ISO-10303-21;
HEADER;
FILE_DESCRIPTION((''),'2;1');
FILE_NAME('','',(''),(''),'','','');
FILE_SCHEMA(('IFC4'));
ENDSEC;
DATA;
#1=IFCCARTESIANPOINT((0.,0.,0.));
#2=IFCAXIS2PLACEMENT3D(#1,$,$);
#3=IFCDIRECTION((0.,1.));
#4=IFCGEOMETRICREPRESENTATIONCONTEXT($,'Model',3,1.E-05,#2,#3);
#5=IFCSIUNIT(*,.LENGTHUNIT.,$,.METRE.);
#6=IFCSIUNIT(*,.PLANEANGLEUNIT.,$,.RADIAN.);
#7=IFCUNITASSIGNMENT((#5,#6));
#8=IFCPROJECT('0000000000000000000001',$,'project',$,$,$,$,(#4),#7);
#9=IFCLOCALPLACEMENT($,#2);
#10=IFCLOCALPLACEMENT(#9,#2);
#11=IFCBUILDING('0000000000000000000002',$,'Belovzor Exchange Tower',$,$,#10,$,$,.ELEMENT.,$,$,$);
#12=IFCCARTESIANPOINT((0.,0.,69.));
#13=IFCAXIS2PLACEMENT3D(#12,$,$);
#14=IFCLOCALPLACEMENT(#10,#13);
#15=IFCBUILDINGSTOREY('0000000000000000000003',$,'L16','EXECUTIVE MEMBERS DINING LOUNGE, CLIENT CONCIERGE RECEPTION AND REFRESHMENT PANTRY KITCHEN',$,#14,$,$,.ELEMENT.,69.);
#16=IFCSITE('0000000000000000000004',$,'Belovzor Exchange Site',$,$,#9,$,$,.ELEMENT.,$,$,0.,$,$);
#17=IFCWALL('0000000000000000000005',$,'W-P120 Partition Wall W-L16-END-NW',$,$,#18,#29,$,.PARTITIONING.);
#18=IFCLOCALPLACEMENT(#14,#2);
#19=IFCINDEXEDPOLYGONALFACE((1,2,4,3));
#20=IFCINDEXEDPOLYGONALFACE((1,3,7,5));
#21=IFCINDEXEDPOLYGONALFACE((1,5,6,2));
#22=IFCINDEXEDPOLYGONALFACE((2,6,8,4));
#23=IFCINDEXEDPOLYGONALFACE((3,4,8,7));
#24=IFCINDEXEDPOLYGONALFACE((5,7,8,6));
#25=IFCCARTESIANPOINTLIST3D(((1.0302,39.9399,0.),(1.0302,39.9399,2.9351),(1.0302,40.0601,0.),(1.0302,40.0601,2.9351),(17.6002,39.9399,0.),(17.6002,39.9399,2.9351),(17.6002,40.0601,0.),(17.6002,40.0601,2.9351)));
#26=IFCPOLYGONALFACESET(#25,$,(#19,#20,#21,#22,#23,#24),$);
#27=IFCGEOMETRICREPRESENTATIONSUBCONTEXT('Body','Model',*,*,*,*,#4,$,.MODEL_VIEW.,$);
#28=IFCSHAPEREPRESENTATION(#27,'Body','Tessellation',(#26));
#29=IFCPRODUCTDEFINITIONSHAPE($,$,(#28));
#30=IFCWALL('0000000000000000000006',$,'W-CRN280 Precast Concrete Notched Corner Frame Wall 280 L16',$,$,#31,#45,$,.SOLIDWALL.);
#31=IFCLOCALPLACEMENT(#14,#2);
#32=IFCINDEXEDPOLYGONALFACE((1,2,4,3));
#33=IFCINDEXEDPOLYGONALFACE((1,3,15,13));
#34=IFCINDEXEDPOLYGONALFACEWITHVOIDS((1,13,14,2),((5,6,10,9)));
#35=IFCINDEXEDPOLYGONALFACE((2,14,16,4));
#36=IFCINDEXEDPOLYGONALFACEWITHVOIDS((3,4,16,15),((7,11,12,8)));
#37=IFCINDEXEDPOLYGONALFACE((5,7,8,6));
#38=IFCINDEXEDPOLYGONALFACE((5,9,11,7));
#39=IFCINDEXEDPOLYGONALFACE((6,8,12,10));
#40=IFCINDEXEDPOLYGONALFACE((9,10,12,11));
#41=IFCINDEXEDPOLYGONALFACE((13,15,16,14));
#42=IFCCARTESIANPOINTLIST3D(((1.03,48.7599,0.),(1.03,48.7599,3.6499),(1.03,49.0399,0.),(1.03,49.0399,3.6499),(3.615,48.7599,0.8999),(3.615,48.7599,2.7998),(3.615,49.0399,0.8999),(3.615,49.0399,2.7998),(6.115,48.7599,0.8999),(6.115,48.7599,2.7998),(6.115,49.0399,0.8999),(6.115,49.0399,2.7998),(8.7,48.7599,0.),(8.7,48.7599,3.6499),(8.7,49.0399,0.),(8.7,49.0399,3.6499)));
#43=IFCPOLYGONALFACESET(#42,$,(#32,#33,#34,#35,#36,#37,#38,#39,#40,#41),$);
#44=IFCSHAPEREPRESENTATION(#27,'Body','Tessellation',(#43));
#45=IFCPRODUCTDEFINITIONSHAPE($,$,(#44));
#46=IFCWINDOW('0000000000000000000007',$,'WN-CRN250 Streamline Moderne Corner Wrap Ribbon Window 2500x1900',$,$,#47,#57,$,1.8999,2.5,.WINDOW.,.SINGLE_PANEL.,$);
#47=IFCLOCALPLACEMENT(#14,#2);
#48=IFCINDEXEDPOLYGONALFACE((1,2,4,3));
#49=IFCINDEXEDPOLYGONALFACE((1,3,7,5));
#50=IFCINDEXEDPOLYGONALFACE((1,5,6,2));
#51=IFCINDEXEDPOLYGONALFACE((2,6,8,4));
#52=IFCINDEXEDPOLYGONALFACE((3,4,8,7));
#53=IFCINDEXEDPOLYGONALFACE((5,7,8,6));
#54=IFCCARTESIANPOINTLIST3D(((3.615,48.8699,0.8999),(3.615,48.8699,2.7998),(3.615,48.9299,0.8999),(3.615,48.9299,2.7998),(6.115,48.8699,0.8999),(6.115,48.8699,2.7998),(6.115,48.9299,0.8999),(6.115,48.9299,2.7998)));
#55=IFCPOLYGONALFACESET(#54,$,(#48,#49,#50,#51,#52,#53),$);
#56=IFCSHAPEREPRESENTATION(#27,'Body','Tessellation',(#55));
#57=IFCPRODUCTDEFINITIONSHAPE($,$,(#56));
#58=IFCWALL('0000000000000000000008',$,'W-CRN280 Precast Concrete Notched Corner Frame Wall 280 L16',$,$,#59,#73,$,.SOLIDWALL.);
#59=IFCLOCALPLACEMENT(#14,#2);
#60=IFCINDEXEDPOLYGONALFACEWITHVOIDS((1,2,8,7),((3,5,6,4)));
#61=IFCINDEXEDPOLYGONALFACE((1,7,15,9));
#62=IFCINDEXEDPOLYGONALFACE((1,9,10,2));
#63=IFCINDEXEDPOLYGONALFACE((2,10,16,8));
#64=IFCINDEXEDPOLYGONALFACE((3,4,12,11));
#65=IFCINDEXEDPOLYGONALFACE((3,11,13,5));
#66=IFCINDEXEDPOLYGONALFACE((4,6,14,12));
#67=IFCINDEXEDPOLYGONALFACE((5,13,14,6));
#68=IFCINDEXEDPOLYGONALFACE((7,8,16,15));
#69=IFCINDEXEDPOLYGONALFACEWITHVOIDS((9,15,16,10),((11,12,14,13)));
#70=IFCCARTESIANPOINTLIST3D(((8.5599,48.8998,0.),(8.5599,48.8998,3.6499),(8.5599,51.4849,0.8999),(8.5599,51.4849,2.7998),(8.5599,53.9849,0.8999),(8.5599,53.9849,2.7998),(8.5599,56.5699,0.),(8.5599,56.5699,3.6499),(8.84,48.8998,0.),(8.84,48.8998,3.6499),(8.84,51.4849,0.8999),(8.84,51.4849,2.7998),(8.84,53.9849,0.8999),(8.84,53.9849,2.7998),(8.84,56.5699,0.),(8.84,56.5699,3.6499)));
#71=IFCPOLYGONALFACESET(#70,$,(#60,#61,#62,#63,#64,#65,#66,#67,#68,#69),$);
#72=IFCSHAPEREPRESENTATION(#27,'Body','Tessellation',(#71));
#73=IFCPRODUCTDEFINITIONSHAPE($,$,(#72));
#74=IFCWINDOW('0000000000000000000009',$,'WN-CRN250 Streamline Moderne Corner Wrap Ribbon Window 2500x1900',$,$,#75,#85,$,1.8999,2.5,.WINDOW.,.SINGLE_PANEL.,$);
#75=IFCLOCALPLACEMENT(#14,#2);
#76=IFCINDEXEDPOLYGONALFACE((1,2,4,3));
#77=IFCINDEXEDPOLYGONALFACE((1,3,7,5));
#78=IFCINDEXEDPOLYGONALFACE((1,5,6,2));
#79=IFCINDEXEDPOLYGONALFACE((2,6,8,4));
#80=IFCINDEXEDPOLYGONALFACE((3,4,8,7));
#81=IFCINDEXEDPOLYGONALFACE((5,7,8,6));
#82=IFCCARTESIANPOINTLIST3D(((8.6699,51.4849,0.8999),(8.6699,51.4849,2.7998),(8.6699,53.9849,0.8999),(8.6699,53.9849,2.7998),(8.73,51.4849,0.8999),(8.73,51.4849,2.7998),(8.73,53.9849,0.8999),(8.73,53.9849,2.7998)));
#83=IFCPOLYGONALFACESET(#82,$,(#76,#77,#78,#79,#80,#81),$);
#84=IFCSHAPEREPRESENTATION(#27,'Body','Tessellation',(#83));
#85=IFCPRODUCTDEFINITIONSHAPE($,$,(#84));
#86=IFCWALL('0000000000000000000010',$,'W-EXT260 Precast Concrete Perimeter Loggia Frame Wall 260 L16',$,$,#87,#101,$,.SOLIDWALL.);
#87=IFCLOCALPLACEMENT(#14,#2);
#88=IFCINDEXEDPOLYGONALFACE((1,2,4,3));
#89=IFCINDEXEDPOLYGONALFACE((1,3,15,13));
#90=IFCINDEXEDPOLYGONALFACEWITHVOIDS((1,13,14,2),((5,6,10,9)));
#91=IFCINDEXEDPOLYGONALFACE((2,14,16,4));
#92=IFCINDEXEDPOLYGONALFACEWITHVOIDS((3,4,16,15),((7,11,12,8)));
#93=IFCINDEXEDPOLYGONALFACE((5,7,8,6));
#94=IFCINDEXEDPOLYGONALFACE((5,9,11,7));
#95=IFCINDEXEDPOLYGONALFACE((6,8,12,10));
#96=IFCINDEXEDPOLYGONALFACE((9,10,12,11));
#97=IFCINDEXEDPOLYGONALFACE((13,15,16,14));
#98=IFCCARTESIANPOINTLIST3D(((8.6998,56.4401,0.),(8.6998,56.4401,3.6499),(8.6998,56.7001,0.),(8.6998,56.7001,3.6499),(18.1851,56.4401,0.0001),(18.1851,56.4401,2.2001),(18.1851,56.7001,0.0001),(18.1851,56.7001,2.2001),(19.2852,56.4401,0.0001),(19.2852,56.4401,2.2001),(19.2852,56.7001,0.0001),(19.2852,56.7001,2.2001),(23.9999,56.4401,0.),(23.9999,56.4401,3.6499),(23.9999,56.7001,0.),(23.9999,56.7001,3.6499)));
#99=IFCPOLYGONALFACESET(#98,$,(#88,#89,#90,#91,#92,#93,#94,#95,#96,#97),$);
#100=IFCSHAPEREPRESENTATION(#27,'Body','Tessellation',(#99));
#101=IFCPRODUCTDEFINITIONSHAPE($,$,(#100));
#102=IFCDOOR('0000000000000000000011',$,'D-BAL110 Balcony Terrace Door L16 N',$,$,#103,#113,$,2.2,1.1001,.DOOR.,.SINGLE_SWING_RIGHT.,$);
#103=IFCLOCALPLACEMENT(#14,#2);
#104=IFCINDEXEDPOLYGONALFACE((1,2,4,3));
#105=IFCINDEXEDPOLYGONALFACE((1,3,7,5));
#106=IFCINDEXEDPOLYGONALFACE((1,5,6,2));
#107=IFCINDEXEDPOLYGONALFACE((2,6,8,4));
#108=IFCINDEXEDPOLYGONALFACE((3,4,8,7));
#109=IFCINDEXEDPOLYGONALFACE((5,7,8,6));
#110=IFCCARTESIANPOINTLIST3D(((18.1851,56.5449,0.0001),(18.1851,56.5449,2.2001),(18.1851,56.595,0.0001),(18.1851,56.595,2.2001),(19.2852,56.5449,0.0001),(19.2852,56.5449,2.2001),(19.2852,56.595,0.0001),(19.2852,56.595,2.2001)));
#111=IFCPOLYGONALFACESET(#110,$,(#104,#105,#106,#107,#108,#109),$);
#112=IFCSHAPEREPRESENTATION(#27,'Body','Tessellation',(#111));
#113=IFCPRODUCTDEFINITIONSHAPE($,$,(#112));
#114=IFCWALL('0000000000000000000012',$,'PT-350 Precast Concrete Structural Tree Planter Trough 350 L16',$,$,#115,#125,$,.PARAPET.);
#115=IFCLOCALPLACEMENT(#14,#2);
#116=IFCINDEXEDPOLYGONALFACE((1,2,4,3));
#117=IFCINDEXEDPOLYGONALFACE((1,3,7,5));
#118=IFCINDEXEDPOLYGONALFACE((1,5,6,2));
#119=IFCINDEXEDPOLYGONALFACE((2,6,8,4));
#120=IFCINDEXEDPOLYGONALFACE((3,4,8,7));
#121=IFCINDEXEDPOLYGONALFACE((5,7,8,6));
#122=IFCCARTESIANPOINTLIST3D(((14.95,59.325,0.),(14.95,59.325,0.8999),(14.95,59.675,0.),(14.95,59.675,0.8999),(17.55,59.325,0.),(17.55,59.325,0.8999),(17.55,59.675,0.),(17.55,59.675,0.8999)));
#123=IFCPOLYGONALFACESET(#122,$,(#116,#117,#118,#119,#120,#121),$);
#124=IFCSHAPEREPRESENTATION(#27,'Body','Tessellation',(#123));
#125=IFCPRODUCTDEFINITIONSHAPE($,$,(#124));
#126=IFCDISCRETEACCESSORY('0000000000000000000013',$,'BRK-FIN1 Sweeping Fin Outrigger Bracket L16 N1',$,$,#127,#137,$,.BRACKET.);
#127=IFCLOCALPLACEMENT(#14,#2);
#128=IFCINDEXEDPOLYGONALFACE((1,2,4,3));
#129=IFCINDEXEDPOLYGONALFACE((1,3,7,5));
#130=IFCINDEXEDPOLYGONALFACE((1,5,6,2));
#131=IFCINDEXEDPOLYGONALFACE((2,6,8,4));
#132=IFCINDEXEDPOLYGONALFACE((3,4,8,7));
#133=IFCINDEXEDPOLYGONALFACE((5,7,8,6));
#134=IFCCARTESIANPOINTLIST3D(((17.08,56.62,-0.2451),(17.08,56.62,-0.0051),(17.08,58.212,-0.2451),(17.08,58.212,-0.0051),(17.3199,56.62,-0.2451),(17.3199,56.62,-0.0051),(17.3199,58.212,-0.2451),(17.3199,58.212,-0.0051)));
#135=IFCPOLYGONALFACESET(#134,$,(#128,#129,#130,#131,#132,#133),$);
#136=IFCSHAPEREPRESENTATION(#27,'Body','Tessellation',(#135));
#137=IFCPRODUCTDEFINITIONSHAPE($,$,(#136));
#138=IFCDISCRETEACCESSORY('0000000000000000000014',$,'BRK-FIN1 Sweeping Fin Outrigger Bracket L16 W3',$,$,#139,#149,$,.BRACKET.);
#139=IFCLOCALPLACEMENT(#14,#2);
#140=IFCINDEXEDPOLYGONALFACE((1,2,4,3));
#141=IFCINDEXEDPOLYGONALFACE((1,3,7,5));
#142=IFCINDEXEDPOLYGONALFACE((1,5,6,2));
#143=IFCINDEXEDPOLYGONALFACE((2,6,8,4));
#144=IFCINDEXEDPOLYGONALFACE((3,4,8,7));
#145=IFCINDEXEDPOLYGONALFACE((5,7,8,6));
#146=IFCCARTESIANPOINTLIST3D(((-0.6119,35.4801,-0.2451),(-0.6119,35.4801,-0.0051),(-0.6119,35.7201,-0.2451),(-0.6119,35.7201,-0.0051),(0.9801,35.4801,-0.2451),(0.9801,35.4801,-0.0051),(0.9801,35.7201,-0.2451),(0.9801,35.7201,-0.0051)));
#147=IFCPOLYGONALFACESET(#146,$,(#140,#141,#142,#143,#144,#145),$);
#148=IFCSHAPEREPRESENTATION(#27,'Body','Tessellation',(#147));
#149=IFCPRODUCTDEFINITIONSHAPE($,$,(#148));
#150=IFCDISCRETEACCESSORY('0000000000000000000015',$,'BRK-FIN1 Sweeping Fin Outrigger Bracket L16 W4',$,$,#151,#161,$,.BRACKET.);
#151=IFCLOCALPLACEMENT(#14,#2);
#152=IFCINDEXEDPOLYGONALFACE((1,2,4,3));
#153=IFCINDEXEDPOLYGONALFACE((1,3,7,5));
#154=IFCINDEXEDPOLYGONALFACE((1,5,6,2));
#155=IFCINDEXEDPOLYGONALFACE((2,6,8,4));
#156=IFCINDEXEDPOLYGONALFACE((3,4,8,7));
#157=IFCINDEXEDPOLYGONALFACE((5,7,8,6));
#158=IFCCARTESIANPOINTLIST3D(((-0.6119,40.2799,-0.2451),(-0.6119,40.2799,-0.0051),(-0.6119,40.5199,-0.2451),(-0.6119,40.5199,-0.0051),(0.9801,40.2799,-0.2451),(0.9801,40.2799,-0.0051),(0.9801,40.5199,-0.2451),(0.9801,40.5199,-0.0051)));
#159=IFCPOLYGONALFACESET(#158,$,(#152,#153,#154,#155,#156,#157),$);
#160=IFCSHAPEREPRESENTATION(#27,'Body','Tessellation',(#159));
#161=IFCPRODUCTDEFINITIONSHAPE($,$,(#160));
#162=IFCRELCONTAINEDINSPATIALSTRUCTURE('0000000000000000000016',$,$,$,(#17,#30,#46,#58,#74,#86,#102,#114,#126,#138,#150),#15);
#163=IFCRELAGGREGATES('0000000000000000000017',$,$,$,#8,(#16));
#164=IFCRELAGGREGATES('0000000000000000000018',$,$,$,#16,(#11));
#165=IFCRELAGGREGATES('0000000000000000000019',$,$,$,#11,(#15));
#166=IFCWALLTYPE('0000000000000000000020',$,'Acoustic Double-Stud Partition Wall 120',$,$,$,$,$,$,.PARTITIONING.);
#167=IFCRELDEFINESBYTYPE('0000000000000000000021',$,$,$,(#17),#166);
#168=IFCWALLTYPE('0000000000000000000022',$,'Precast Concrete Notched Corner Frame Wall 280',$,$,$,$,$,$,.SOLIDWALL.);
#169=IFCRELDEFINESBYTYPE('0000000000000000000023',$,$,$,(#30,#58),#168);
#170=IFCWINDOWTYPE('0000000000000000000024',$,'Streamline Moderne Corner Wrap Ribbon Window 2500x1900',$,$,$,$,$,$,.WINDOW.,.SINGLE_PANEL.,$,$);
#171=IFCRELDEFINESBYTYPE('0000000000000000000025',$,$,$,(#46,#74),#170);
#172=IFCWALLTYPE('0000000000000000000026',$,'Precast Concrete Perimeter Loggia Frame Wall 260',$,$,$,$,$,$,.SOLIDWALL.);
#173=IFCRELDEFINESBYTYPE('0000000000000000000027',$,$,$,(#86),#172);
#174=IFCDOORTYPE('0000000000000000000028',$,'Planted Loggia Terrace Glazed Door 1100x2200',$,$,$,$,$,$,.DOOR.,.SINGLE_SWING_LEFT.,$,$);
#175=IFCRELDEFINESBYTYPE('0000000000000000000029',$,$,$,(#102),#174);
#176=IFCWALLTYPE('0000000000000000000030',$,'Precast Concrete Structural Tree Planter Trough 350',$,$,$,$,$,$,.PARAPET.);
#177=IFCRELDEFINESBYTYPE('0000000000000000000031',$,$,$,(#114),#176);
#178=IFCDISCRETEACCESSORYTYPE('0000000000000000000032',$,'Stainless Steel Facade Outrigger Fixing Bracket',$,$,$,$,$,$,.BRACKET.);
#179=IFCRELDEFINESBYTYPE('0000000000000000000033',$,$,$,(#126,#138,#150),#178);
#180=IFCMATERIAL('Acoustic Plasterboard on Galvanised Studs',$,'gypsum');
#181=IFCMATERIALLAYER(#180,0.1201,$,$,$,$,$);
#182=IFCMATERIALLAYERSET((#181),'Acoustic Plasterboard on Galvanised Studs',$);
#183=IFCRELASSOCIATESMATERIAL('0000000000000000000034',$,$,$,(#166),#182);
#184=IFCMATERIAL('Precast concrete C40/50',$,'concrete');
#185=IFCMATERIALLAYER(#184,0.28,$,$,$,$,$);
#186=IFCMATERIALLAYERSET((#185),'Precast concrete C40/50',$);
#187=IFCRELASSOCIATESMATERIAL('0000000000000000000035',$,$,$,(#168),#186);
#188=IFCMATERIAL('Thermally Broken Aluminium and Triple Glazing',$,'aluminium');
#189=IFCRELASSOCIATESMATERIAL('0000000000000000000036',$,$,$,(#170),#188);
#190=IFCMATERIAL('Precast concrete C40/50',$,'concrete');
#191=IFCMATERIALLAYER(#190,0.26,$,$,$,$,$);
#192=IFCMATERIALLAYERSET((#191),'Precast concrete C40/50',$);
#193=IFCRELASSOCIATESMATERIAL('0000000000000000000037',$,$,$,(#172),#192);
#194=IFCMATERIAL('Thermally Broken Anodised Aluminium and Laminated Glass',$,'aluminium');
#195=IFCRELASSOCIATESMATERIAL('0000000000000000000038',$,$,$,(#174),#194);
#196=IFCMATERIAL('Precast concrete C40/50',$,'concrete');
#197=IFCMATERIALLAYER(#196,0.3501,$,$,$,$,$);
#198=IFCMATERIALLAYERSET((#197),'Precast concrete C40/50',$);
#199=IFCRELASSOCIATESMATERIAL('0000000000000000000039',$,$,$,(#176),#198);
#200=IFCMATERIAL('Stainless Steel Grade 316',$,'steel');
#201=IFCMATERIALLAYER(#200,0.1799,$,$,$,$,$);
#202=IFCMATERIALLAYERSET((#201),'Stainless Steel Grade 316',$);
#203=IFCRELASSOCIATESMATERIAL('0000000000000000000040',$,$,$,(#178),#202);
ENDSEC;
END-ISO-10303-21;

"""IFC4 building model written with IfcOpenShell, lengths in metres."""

from ifc_helpers import new_model, si_unit, direction, frame, frame_2d, origin, origin_2d, place, context, subcontext, project, spatial, rectangle, extrude, material, layer, layer_set, type_object, element, fill, save


model = new_model("IFC4")

# Units and contexts
model_context = context("Model", 3, precision=1e-05, world=origin(), true_north=direction((0.0, 1.0)))
body_context = subcontext(model_context, "Body", "Model", "MODEL_VIEW")
ifc_project = project(units=[si_unit("LENGTHUNIT", "METRE"), si_unit("PLANEANGLEUNIT", "RADIAN")], contexts=[model_context])

# Site, building, storey
site_placement = place(None, origin())
site = spatial("IfcSite", under=ifc_project, at=site_placement, Name="Belovzor Exchange Site", CompositionType="ELEMENT", RefElevation=0.0)
building_placement = place(site_placement, origin())
building = spatial("IfcBuilding", under=site, at=building_placement, Name="Belovzor Exchange Tower", CompositionType="ELEMENT")
storey_placement = place(building_placement, frame((0.0, 0.0, 69.0)))
storey = spatial("IfcBuildingStorey", under=building, at=storey_placement, Name="L16", Description="EXECUTIVE MEMBERS DINING LOUNGE, CLIENT CONCIERGE RECEPTION AND REFRESHMENT PANTRY KITCHEN", CompositionType="ELEMENT", Elevation=69.0)

# Wall
ifc_material_1 = material(Name="Acoustic Plasterboard on Galvanised Studs", Category="gypsum")
ifc_layer_1 = layer(ifc_material_1, 0.1201)
ifc_layer_set_1 = layer_set([ifc_layer_1], Name="Acoustic Plasterboard on Galvanised Studs")
wall_type_1 = type_object("IfcWallType", Name="Acoustic Double-Stud Partition Wall 120", PredefinedType="PARTITIONING", material=ifc_layer_set_1)
wall_1_placement = place(storey_placement, frame((1.03, 40.0, 0.0), z_axis=(0.0, 0.0, 1.0), x_axis=(1.0, 0.0, 0.0)))
element("IfcWall", 1, at=wall_1_placement, inside=storey, type_object=wall_type_1, Name="W-P120 Partition Wall W-L16-END-NW", PredefinedType="PARTITIONING", context=body_context, shape_type="SweptSolid", body=[
    extrude(rectangle(XDim=16.5701, YDim=0.1201, at=frame_2d((8.2852, 0.0))), origin(), (0.0, 0.0, 1.0), 2.9351),
])

# Walls, openings, windows
ifc_material_2 = material(Name="Precast concrete C40/50", Category="concrete")
ifc_layer_2 = layer(ifc_material_2, 0.28)
ifc_layer_set_2 = layer_set([ifc_layer_2], Name="Precast concrete C40/50")
wall_type_2 = type_object("IfcWallType", Name="Precast Concrete Notched Corner Frame Wall 280", PredefinedType="SOLIDWALL", material=ifc_layer_set_2)
wall_2_placement = place(storey_placement, frame((1.03, 48.8999, 0.0), z_axis=(0.0, 0.0, 1.0), x_axis=(1.0, 0.0, 0.0)))
wall_2 = element("IfcWall", 2, at=wall_2_placement, inside=storey, type_object=wall_type_2, Name="W-CRN280 Precast Concrete Notched Corner Frame Wall 280 L16", PredefinedType="SOLIDWALL", context=body_context, shape_type="SweptSolid", body=[
    extrude(rectangle(XDim=7.6699, YDim=0.28, at=frame_2d((3.835, 0.0))), origin(), (0.0, 0.0, 1.0), 3.6499),
])
opening_1_placement = place(wall_2_placement, frame((2.585, 0.0, 0.8999)))
opening_1 = element("IfcOpeningElement", 3, at=opening_1_placement, cuts=wall_2, PredefinedType="OPENING", context=body_context, shape_type="SweptSolid", body=[
    extrude(rectangle(XDim=2.5, YDim=1.8999, at=frame_2d((1.25, 0.95))), frame((0.0, 0.1499, 0.0), z_axis=(0.0, -1.0, 0.0), x_axis=(1.0, 0.0, 0.0)), (0.0, 0.0, 1.0), 0.3),
])
ifc_material_3 = material(Name="Thermally Broken Aluminium and Triple Glazing", Category="aluminium")
window_type = type_object("IfcWindowType", Name="Streamline Moderne Corner Wrap Ribbon Window 2500x1900", PartitioningType="SINGLE_PANEL", PredefinedType="WINDOW", material=ifc_material_3)
window_1_placement = place(opening_1_placement, origin())
window_1 = element("IfcWindow", 4, at=window_1_placement, inside=storey, type_object=window_type, Name="WN-CRN250 Streamline Moderne Corner Wrap Ribbon Window 2500x1900", OverallHeight=1.8999, OverallWidth=2.5, PartitioningType="SINGLE_PANEL", PredefinedType="WINDOW", context=body_context, shape_type="SweptSolid", body=[
    extrude(rectangle(XDim=2.5, YDim=1.8999, at=frame_2d((1.25, 0.95))), frame((0.0, 0.03, 0.0), z_axis=(0.0, -1.0, 0.0), x_axis=(1.0, 0.0, 0.0)), (0.0, 0.0, 1.0), 0.0601),
])
fill(opening_1, window_1)
wall_3_placement = place(storey_placement, frame((8.7, 48.8999, 0.0), z_axis=(0.0, 0.0, 1.0), x_axis=(0.0, 1.0, 0.0)))
wall_3 = element("IfcWall", 5, at=wall_3_placement, inside=storey, type_object=wall_type_2, Name="W-CRN280 Precast Concrete Notched Corner Frame Wall 280 L16", PredefinedType="SOLIDWALL", context=body_context, shape_type="SweptSolid", body=[
    extrude(rectangle(XDim=7.6702, YDim=0.28, at=frame_2d((3.835, 0.0))), origin(), (0.0, 0.0, 1.0), 3.6499),
])
opening_2_placement = place(wall_3_placement, frame((2.585, 0.0, 0.8999)))
opening_2 = element("IfcOpeningElement", 6, at=opening_2_placement, cuts=wall_3, PredefinedType="OPENING", context=body_context, shape_type="SweptSolid", body=[
    extrude(rectangle(XDim=2.5, YDim=1.8999, at=frame_2d((1.25, 0.95))), frame((0.0, 0.1499, 0.0), z_axis=(0.0, -1.0, 0.0), x_axis=(1.0, 0.0, 0.0)), (0.0, 0.0, 1.0), 0.3),
])
window_2_placement = place(opening_2_placement, origin())
window_2 = element("IfcWindow", 7, at=window_2_placement, inside=storey, type_object=window_type, Name="WN-CRN250 Streamline Moderne Corner Wrap Ribbon Window 2500x1900", OverallHeight=1.8999, OverallWidth=2.5, PartitioningType="SINGLE_PANEL", PredefinedType="WINDOW", context=body_context, shape_type="SweptSolid", body=[
    extrude(rectangle(XDim=2.5, YDim=1.8999, at=frame_2d((1.25, 0.95))), frame((0.0, 0.03, 0.0), z_axis=(0.0, -1.0, 0.0), x_axis=(1.0, 0.0, 0.0)), (0.0, 0.0, 1.0), 0.0601),
])
fill(opening_2, window_2)

# Wall, opening, door
ifc_material_4 = material(Name="Precast concrete C40/50", Category="concrete")
ifc_layer_3 = layer(ifc_material_4, 0.26)
ifc_layer_set_3 = layer_set([ifc_layer_3], Name="Precast concrete C40/50")
wall_type_3 = type_object("IfcWallType", Name="Precast Concrete Perimeter Loggia Frame Wall 260", PredefinedType="SOLIDWALL", material=ifc_layer_set_3)
wall_4_placement = place(storey_placement, frame((8.7, 56.5701, 0.0), z_axis=(0.0, 0.0, 1.0), x_axis=(1.0, 0.0, 0.0)))
wall_4 = element("IfcWall", 8, at=wall_4_placement, inside=storey, type_object=wall_type_3, Name="W-EXT260 Precast Concrete Perimeter Loggia Frame Wall 260 L16", PredefinedType="SOLIDWALL", context=body_context, shape_type="SweptSolid", body=[
    extrude(rectangle(XDim=15.3, YDim=0.26, at=frame_2d((7.6499, 0.0))), origin(), (0.0, 0.0, 1.0), 3.6499),
])
opening_3_placement = place(wall_4_placement, frame((9.4851, 0.0, 0.0)))
opening_3 = element("IfcOpeningElement", 9, at=opening_3_placement, cuts=wall_4, PredefinedType="OPENING", context=body_context, shape_type="SweptSolid", body=[
    extrude(rectangle(XDim=1.1001, YDim=2.2, at=frame_2d((0.55, 1.1001))), frame((0.0, 0.1399, 0.0), z_axis=(0.0, -1.0, 0.0), x_axis=(1.0, 0.0, 0.0)), (0.0, 0.0, 1.0), 0.28),
])
ifc_material_5 = material(Name="Thermally Broken Anodised Aluminium and Laminated Glass", Category="aluminium")
door_type = type_object("IfcDoorType", Name="Planted Loggia Terrace Glazed Door 1100x2200", OperationType="SINGLE_SWING_LEFT", PredefinedType="DOOR", material=ifc_material_5)
door_placement = place(opening_3_placement, origin())
door = element("IfcDoor", 10, at=door_placement, inside=storey, type_object=door_type, Name="D-BAL110 Balcony Terrace Door L16 N", OperationType="SINGLE_SWING_RIGHT", OverallHeight=2.2, OverallWidth=1.1001, PredefinedType="DOOR", context=body_context, shape_type="SweptSolid", body=[
    extrude(rectangle(XDim=1.1001, YDim=2.2, at=frame_2d((0.55, 1.1001))), frame((0.0, 0.0249, 0.0), z_axis=(0.0, -1.0, 0.0), x_axis=(1.0, 0.0, 0.0)), (0.0, 0.0, 1.0), 0.05),
])
fill(opening_3, door)

# Wall
ifc_material_6 = material(Name="Precast concrete C40/50", Category="concrete")
ifc_layer_4 = layer(ifc_material_6, 0.3501)
ifc_layer_set_4 = layer_set([ifc_layer_4], Name="Precast concrete C40/50")
wall_type_4 = type_object("IfcWallType", Name="Precast Concrete Structural Tree Planter Trough 350", PredefinedType="PARAPET", material=ifc_layer_set_4)
wall_5_placement = place(storey_placement, frame((14.95, 59.5, 0.0), z_axis=(0.0, 0.0, 1.0), x_axis=(1.0, 0.0, 0.0)))
element("IfcWall", 11, at=wall_5_placement, inside=storey, type_object=wall_type_4, Name="PT-350 Precast Concrete Structural Tree Planter Trough 350 L16", PredefinedType="PARAPET", context=body_context, shape_type="SweptSolid", body=[
    extrude(rectangle(XDim=2.6001, YDim=0.3501, at=frame_2d((1.3, 0.0))), origin(), (0.0, 0.0, 1.0), 0.8999),
])

# Discrete accessories
ifc_material_7 = material(Name="Stainless Steel Grade 316", Category="steel")
ifc_layer_5 = layer(ifc_material_7, 0.1799)
ifc_layer_set_5 = layer_set([ifc_layer_5], Name="Stainless Steel Grade 316")
discrete_accessory_type = type_object("IfcDiscreteAccessoryType", Name="Stainless Steel Facade Outrigger Fixing Bracket", PredefinedType="BRACKET", material=ifc_layer_set_5)
for number, where, z_axis, x_axis, name in (
    (12, (17.2, 57.416, -0.2451), (0.0, 0.0, 1.0), (0.0, 1.0, 0.0), "BRK-FIN1 Sweeping Fin Outrigger Bracket L16 N1"),
    (13, (0.1841, 35.6001, -0.2451), (0.0, 0.0, 1.0), (1.0, 0.0, 0.0), "BRK-FIN1 Sweeping Fin Outrigger Bracket L16 W3"),
    (14, (0.1841, 40.3999, -0.2451), (0.0, 0.0, 1.0), (1.0, 0.0, 0.0), "BRK-FIN1 Sweeping Fin Outrigger Bracket L16 W4"),
):
    element("IfcDiscreteAccessory", number, at=place(storey_placement, frame(where, z_axis=z_axis, x_axis=x_axis)), inside=storey, type_object=discrete_accessory_type, Name=name, PredefinedType="BRACKET", context=body_context, shape_type="SweptSolid", body=[
        extrude(rectangle(XDim=1.592, YDim=0.24, at=origin_2d()), origin(), (0.0, 0.0, 1.0), 0.24),
    ])

save(model, "model.ifc")
